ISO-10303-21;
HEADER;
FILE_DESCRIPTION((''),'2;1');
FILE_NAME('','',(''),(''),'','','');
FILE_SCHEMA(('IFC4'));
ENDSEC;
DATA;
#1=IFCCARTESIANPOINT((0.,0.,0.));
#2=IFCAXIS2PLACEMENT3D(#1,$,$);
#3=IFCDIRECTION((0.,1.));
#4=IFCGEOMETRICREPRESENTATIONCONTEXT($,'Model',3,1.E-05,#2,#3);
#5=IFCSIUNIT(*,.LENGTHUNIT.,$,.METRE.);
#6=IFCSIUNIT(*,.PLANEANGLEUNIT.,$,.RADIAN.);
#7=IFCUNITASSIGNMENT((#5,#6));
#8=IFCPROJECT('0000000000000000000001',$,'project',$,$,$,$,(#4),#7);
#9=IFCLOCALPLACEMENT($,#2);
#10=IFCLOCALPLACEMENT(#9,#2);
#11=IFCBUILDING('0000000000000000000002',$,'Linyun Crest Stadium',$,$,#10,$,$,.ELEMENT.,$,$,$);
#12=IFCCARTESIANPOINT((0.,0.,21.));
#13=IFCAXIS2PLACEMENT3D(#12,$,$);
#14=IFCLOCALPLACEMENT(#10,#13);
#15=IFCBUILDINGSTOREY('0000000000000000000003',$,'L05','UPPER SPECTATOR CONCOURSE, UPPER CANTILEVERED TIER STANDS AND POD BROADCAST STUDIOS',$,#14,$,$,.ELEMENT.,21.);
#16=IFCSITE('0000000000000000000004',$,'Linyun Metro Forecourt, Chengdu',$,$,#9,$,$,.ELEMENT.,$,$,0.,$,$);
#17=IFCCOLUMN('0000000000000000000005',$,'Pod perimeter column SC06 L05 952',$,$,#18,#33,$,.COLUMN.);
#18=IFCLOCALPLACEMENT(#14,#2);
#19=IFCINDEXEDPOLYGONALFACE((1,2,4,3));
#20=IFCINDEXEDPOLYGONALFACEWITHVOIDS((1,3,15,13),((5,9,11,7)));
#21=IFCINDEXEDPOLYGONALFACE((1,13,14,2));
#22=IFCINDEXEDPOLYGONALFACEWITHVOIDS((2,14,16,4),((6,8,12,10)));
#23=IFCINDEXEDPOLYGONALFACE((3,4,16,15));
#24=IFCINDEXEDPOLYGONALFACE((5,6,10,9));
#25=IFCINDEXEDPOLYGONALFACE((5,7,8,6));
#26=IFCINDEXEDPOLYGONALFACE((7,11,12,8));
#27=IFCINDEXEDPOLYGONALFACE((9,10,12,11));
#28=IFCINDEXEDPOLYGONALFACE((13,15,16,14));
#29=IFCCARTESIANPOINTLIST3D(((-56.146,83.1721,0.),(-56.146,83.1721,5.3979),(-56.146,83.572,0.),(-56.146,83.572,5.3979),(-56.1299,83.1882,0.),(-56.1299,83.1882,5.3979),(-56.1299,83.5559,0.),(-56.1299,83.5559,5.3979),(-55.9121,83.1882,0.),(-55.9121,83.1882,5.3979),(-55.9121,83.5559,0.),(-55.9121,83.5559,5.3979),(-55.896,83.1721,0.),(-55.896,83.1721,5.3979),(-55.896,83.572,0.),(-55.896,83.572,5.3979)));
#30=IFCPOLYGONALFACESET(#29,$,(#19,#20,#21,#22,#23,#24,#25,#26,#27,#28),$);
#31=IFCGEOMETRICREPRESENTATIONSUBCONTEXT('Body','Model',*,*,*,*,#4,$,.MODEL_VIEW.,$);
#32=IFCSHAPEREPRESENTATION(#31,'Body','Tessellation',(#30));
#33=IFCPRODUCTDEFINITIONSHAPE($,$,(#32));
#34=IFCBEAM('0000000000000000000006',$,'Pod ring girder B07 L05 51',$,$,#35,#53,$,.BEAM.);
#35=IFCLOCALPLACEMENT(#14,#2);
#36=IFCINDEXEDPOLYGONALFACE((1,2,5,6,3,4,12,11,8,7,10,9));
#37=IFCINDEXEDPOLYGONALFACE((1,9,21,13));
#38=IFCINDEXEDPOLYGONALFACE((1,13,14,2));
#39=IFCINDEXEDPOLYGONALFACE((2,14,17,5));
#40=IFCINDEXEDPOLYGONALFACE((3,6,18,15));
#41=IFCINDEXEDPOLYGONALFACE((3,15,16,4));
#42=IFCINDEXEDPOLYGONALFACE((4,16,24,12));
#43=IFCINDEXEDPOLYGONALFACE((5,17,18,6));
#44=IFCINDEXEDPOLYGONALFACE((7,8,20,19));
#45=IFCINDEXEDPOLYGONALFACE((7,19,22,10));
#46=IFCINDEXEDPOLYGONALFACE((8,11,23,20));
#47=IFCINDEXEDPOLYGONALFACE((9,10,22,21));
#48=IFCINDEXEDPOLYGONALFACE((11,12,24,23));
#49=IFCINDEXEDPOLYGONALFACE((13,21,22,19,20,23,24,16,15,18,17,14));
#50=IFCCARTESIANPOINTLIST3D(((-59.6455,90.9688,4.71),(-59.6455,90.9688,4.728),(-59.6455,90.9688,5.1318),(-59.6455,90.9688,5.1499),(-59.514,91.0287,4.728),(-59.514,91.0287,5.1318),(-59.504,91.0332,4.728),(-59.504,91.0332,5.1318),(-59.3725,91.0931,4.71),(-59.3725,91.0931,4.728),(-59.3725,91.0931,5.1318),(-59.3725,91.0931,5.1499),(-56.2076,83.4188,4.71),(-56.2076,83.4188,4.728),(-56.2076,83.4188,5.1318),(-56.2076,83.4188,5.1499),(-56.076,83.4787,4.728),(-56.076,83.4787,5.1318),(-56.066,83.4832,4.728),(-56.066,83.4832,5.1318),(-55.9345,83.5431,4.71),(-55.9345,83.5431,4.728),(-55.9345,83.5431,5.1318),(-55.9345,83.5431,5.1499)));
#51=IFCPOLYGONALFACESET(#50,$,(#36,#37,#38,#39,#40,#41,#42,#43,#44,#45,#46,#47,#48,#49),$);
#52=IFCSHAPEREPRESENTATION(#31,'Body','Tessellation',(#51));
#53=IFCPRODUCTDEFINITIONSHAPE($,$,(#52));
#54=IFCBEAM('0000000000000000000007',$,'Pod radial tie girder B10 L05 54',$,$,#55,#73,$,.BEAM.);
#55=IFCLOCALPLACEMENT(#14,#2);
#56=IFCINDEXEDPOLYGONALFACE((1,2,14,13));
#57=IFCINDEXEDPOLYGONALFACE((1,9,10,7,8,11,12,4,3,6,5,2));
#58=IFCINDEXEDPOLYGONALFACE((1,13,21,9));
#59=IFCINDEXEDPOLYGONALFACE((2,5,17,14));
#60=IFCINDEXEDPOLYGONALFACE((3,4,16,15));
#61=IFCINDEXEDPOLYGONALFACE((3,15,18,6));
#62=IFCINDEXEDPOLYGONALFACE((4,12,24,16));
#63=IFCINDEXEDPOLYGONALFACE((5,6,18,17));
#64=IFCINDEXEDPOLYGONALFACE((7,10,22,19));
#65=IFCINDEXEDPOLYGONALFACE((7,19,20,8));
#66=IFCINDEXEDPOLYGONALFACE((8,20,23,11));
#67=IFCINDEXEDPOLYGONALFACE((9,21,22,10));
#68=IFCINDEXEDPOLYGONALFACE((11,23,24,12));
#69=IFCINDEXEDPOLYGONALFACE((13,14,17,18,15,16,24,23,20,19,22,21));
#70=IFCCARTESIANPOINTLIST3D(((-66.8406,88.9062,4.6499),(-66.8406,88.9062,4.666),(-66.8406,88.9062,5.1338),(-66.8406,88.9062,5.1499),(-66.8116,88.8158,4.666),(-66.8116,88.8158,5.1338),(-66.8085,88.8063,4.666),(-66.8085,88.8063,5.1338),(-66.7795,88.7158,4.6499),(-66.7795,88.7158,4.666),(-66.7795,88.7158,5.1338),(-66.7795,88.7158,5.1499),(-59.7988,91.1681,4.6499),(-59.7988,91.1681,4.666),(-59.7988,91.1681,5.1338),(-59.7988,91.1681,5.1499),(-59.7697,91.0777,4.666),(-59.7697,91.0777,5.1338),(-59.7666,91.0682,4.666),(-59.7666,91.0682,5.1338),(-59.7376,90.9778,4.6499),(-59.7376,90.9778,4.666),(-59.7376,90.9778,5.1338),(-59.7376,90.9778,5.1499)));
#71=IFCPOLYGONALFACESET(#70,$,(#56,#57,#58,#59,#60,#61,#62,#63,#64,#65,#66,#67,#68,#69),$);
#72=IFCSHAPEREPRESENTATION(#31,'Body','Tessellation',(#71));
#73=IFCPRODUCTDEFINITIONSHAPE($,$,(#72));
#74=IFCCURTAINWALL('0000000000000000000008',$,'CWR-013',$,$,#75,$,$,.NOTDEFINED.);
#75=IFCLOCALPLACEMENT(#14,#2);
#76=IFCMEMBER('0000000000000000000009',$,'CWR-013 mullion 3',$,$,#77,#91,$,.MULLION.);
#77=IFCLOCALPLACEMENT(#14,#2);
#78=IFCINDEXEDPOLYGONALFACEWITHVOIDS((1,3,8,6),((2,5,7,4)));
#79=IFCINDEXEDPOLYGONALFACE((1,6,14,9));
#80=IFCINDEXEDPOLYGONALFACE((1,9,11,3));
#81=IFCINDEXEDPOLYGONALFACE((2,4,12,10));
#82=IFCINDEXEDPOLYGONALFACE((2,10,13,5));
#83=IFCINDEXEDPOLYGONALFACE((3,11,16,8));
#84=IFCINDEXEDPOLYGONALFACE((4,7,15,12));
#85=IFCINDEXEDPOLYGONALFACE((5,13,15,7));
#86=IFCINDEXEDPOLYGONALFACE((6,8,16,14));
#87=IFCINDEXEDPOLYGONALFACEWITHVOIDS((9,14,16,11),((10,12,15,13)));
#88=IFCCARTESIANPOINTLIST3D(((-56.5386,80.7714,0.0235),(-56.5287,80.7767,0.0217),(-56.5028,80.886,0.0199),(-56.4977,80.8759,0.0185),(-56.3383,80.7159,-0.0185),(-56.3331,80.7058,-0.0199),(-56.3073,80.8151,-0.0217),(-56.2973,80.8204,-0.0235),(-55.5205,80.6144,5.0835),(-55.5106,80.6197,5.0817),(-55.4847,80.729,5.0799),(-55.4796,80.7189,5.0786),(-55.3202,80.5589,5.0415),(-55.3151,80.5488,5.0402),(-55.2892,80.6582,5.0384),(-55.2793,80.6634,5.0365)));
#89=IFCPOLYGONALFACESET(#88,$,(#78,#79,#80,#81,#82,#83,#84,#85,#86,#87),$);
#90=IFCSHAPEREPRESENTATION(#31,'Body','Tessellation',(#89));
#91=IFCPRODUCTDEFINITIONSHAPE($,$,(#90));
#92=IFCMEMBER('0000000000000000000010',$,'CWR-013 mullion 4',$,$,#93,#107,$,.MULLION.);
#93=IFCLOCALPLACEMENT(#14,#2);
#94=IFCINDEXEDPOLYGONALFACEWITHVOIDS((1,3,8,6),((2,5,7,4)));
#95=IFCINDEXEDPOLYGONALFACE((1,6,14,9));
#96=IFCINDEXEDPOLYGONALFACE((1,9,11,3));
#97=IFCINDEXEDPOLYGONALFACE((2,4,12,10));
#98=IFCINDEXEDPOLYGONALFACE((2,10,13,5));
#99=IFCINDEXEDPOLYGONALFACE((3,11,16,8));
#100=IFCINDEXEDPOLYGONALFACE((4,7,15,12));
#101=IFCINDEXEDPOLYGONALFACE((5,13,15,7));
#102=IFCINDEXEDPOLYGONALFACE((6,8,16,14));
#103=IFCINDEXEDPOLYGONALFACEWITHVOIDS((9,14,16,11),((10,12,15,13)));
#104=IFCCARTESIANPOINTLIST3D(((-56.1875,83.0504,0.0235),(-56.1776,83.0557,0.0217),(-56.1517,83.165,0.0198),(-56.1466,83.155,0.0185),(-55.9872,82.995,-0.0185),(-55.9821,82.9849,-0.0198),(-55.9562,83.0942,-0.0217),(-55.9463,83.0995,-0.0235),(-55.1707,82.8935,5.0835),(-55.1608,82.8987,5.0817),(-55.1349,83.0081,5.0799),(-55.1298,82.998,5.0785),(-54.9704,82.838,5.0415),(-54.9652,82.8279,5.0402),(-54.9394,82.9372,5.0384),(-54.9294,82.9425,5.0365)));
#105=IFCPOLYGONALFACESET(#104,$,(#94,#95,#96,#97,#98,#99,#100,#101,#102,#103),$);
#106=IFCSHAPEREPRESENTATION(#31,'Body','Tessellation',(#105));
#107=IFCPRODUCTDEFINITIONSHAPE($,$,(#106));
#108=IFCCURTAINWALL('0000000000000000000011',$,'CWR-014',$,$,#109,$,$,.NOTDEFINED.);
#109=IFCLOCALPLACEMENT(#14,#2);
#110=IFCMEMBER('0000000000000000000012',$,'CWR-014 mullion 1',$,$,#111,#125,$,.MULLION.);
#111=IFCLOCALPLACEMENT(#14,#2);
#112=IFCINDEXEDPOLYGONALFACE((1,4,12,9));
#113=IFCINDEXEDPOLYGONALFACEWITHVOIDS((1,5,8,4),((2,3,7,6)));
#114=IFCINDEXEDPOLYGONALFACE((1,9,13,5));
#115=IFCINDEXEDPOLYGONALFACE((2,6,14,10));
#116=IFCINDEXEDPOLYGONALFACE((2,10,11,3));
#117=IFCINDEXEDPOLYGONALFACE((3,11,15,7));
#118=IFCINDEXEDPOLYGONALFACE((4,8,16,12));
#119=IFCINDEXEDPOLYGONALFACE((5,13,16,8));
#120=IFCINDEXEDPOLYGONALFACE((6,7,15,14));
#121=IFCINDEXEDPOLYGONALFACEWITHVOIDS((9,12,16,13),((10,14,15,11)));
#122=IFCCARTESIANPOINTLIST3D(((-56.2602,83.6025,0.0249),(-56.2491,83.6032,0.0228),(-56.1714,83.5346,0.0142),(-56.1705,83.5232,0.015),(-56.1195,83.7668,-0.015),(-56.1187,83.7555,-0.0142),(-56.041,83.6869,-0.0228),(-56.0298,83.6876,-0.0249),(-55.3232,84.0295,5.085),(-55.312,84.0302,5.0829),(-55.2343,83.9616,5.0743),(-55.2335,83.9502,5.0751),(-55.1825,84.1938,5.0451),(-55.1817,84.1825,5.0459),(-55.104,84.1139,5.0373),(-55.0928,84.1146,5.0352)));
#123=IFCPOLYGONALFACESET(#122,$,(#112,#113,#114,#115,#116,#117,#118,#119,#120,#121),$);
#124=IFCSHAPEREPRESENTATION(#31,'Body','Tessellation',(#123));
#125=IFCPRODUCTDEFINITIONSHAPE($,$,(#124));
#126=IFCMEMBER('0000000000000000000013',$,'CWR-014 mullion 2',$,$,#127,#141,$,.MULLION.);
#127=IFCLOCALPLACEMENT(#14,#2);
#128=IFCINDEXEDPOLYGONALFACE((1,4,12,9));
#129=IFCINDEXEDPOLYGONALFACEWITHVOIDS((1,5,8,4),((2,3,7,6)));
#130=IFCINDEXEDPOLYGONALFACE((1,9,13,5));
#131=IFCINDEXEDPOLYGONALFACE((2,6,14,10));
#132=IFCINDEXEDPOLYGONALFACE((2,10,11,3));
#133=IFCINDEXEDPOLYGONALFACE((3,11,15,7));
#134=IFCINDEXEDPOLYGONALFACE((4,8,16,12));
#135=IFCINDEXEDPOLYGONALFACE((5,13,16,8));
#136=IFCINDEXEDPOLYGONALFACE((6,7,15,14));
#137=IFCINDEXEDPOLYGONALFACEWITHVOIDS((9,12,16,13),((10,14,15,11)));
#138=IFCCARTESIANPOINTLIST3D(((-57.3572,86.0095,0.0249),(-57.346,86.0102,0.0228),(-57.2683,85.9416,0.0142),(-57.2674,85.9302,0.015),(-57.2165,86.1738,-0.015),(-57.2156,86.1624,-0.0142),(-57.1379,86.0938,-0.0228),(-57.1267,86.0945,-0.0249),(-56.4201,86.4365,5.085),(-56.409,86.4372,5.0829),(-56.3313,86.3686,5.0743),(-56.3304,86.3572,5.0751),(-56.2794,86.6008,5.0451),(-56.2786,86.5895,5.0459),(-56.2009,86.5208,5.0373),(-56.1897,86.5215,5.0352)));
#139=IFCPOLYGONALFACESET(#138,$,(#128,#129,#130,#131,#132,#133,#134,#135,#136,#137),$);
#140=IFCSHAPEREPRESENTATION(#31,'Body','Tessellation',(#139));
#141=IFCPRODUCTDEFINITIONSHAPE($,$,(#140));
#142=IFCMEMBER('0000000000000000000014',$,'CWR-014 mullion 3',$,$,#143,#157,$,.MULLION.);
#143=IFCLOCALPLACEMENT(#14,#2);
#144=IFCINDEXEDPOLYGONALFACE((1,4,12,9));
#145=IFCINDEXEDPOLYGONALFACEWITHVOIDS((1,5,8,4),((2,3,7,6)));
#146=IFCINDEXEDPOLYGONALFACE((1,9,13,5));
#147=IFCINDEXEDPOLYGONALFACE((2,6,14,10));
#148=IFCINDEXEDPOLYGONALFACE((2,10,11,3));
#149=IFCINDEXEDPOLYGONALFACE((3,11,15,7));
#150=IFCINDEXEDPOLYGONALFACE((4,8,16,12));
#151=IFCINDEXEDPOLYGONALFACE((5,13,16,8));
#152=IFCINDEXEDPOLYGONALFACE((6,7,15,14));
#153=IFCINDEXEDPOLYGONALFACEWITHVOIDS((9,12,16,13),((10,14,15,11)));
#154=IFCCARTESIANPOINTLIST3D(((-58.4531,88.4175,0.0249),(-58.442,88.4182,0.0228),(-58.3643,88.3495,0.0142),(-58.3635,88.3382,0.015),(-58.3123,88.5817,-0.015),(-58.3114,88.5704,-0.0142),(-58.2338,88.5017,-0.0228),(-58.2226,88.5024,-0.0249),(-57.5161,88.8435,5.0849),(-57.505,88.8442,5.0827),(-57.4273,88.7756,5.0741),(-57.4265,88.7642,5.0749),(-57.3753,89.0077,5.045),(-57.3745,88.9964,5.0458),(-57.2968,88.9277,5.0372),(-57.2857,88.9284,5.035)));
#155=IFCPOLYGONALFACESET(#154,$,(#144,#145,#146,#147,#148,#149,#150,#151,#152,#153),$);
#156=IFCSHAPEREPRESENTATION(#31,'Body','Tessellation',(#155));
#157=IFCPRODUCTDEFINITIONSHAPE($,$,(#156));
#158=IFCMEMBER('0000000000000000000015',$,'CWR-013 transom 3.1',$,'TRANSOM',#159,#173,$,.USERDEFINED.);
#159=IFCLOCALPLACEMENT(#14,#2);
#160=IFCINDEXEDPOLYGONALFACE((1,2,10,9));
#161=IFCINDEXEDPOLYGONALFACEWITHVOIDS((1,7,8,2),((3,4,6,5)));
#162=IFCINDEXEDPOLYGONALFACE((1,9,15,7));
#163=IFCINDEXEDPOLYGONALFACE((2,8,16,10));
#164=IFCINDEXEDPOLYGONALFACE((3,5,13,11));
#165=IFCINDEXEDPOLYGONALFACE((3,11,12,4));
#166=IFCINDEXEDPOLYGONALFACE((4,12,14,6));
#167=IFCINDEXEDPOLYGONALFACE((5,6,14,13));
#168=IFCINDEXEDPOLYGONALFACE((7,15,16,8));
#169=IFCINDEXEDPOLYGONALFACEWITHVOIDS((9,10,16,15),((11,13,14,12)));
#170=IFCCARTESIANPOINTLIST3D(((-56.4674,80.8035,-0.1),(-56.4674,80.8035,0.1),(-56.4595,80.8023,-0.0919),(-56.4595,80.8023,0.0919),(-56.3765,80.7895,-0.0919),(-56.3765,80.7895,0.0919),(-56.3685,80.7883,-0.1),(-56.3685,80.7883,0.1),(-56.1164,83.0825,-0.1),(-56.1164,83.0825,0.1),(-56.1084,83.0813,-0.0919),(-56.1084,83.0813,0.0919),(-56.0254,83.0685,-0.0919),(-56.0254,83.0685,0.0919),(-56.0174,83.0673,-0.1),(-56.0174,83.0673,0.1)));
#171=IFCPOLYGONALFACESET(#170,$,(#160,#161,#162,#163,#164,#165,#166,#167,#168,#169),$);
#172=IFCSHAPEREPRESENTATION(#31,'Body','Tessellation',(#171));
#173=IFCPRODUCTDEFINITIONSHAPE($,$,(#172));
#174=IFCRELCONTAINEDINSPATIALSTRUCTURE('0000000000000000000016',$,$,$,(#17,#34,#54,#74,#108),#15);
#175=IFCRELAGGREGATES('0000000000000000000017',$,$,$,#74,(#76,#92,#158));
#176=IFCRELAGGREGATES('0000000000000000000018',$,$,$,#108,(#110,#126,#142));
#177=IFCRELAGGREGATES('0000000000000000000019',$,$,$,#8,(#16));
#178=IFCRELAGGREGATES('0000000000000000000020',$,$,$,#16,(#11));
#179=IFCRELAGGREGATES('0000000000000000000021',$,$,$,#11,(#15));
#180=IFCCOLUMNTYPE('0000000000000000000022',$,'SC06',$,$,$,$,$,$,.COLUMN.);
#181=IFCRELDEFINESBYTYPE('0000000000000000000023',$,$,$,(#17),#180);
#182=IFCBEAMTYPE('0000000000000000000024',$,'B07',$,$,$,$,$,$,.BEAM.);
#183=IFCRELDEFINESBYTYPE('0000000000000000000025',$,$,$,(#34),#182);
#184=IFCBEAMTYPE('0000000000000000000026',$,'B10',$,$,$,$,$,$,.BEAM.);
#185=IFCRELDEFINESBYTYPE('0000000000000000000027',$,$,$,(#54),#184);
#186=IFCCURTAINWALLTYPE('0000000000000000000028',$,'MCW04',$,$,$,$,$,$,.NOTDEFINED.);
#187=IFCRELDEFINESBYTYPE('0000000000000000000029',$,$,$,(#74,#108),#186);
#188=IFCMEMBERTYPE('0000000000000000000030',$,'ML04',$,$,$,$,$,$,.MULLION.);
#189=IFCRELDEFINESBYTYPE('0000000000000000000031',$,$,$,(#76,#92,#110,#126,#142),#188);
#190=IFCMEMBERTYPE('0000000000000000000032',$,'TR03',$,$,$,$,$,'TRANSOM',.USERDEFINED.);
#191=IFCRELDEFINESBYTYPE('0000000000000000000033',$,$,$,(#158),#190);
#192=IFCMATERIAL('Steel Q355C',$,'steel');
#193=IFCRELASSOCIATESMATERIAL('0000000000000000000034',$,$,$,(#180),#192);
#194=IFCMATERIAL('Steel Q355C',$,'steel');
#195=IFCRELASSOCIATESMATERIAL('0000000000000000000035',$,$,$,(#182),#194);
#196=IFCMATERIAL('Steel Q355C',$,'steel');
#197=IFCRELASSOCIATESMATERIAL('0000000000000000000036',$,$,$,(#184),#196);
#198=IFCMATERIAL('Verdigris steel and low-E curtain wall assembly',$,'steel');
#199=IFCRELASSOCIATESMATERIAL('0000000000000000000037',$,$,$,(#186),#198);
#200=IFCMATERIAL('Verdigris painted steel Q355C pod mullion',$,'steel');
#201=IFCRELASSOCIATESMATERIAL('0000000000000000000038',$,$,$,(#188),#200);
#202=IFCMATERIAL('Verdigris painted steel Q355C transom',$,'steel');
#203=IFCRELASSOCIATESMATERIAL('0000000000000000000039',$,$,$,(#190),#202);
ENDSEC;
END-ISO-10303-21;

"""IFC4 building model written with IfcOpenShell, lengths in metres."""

from ifc_helpers import new_model, si_unit, direction, frame, origin, origin_2d, place, context, subcontext, project, spatial, hollow_rectangle, i_section, extrude, material, material_profile, profile_set, type_object, element, aggregate, save


model = new_model("IFC4")

# Units and contexts
model_context = context("Model", 3, precision=1e-05, world=origin(), true_north=direction((0.0, 1.0)))
body_context = subcontext(model_context, "Body", "Model", "MODEL_VIEW")
ifc_project = project(units=[si_unit("LENGTHUNIT", "METRE"), si_unit("PLANEANGLEUNIT", "RADIAN")], contexts=[model_context])

# Site, building, storey
site_placement = place(None, origin())
site = spatial("IfcSite", under=ifc_project, at=site_placement, Name="Linyun Metro Forecourt, Chengdu", CompositionType="ELEMENT", RefElevation=0.0)
building_placement = place(site_placement, origin())
building = spatial("IfcBuilding", under=site, at=building_placement, Name="Linyun Crest Stadium", CompositionType="ELEMENT")
storey_placement = place(building_placement, frame((0.0, 0.0, 21.0)))
storey = spatial("IfcBuildingStorey", under=building, at=storey_placement, Name="L05", Description="UPPER SPECTATOR CONCOURSE, UPPER CANTILEVERED TIER STANDS AND POD BROADCAST STUDIOS", CompositionType="ELEMENT", Elevation=21.0)

# Column
ifc_material_1 = material(Name="Steel Q355C", Category="steel")
ifc_material_profile_1 = material_profile(ifc_material_1, hollow_rectangle(XDim=0.25, YDim=0.3999, WallThickness=0.0161, at=origin_2d()), Name="RHS 400x250x16")
ifc_profile_set_1 = profile_set([ifc_material_profile_1], Name="Steel Q355C")
column_type = type_object("IfcColumnType", Name="SC06", PredefinedType="COLUMN", material=ifc_profile_set_1)
column_placement = place(storey_placement, frame((-56.021, 83.3721, 0.0), z_axis=(0.0, 0.0, 1.0), x_axis=(1.0, 0.0, 0.0)))
element("IfcColumn", 1, at=column_placement, inside=storey, type_object=column_type, Name="Pod perimeter column SC06 L05 952", PredefinedType="COLUMN", context=body_context, shape_type="SweptSolid", body=[
    extrude(hollow_rectangle(XDim=0.25, YDim=0.3999, WallThickness=0.0161, at=origin_2d()), origin(), (0.0, 0.0, 1.0), 5.3979),
])

# Beams
ifc_material_2 = material(Name="Steel Q355C", Category="steel")
ifc_material_profile_2 = material_profile(ifc_material_2, i_section(OverallWidth=0.3, OverallDepth=0.4399, WebThickness=0.011, FlangeThickness=0.0181, at=origin_2d()), Name="HM 440x300")
ifc_profile_set_2 = profile_set([ifc_material_profile_2], Name="Steel Q355C")
beam_type_1 = type_object("IfcBeamType", Name="B07", PredefinedType="BEAM", material=ifc_profile_set_2)
beam_1_placement = place(storey_placement, frame((-56.071, 83.481, 4.9299), z_axis=(-0.414417, 0.910087, 0.0), x_axis=(-0.910087, -0.414417, 0.0)))
element("IfcBeam", 2, at=beam_1_placement, inside=storey, type_object=beam_type_1, Name="Pod ring girder B07 L05 51", PredefinedType="BEAM", context=body_context, shape_type="SweptSolid", body=[
    extrude(i_section(OverallWidth=0.3, OverallDepth=0.4399, WebThickness=0.011, FlangeThickness=0.0181, at=origin_2d()), origin(), (0.0, 0.0, 1.0), 8.2959),
])
ifc_material_3 = material(Name="Steel Q355C", Category="steel")
ifc_material_profile_3 = material_profile(ifc_material_3, i_section(OverallWidth=0.2, OverallDepth=0.5, WebThickness=0.01, FlangeThickness=0.0161, at=origin_2d()), Name="HN 500x200")
ifc_profile_set_3 = profile_set([ifc_material_profile_3], Name="Steel Q355C")
beam_type_2 = type_object("IfcBeamType", Name="B10", PredefinedType="BEAM", material=ifc_profile_set_3)
beam_2_placement = place(storey_placement, frame((-66.8101, 88.811, 4.8999), z_axis=(0.952089, 0.305821, 0.0), x_axis=(-0.305821, 0.952089, 0.0)))
element("IfcBeam", 3, at=beam_2_placement, inside=storey, type_object=beam_type_2, Name="Pod radial tie girder B10 L05 54", PredefinedType="BEAM", context=body_context, shape_type="SweptSolid", body=[
    extrude(i_section(OverallWidth=0.2, OverallDepth=0.5, WebThickness=0.01, FlangeThickness=0.0161, at=origin_2d()), origin(), (0.0, 0.0, 1.0), 7.3962),
])

# Curtain walls, members
ifc_material_4 = material(Name="Verdigris steel and low-E curtain wall assembly", Category="steel")
curtain_wall_type = type_object("IfcCurtainWallType", Name="MCW04", PredefinedType="NOTDEFINED", material=ifc_material_4)
curtain_wall_1_placement = place(storey_placement, origin())
curtain_wall_1 = element("IfcCurtainWall", 4, at=curtain_wall_1_placement, inside=storey, type_object=curtain_wall_type, Name="CWR-013", PredefinedType="NOTDEFINED")
ifc_material_5 = material(Name="Verdigris painted steel Q355C pod mullion", Category="steel")
ifc_material_profile_4 = material_profile(ifc_material_5, hollow_rectangle(XDim=0.1201, YDim=0.22, WallThickness=0.0081, at=origin_2d()), Name="RHS 220x120x8")
ifc_profile_set_4 = profile_set([ifc_material_profile_4], Name="Verdigris painted steel Q355C pod mullion")
member_type_1 = type_object("IfcMemberType", Name="ML04", PredefinedType="MULLION", material=ifc_profile_set_4)
member_1_placement = place(storey_placement, frame((-56.418, 80.7959, 0.0), z_axis=(0.197153, -0.0304, 0.979901), x_axis=(-0.297947, -0.9541, 0.030346)))
member_1 = element("IfcMember", 5, at=member_1_placement, type_object=member_type_1, Name="CWR-013 mullion 3", PredefinedType="MULLION", context=body_context, shape_type="SweptSolid", body=[
    extrude(hollow_rectangle(XDim=0.1201, YDim=0.22, WallThickness=0.0081, at=origin_2d()), origin(), (0.0, 0.0, 1.0), 5.1638),
])
member_2_placement = place(storey_placement, frame((-56.0669, 83.075, 0.0), z_axis=(0.196926, -0.030402, 0.979947), x_axis=(-0.298126, -0.954045, 0.030312)))
member_2 = element("IfcMember", 6, at=member_2_placement, type_object=member_type_1, Name="CWR-013 mullion 4", PredefinedType="MULLION", context=body_context, shape_type="SweptSolid", body=[
    extrude(hollow_rectangle(XDim=0.1201, YDim=0.22, WallThickness=0.0081, at=origin_2d()), origin(), (0.0, 0.0, 1.0), 5.1636),
])
curtain_wall_2_placement = place(storey_placement, origin())
curtain_wall_2 = element("IfcCurtainWall", 7, at=curtain_wall_2_placement, inside=storey, type_object=curtain_wall_type, Name="CWR-014", PredefinedType="NOTDEFINED")
member_3_placement = place(storey_placement, frame((-56.145, 83.645, 0.0), z_axis=(0.181459, 0.082692, 0.979916), x_axis=(0.747008, -0.659656, -0.082663)))
member_3 = element("IfcMember", 8, at=member_3_placement, type_object=member_type_1, Name="CWR-014 mullion 1", PredefinedType="MULLION", context=body_context, shape_type="SweptSolid", body=[
    extrude(hollow_rectangle(XDim=0.1201, YDim=0.22, WallThickness=0.0081, at=origin_2d()), origin(), (0.0, 0.0, 1.0), 5.1638),
])
member_4_placement = place(storey_placement, frame((-57.2419, 86.052, 0.0), z_axis=(0.181459, 0.082692, 0.979916), x_axis=(0.747008, -0.659656, -0.082663)))
member_4 = element("IfcMember", 9, at=member_4_placement, type_object=member_type_1, Name="CWR-014 mullion 2", PredefinedType="MULLION", context=body_context, shape_type="SweptSolid", body=[
    extrude(hollow_rectangle(XDim=0.1201, YDim=0.22, WallThickness=0.0081, at=origin_2d()), origin(), (0.0, 0.0, 1.0), 5.1638),
])
member_5_placement = place(storey_placement, frame((-58.3379, 88.46, 0.0), z_axis=(0.181462, 0.082504, 0.979931), x_axis=(0.746444, -0.660298, -0.082632)))
member_5 = element("IfcMember", 10, at=member_5_placement, type_object=member_type_1, Name="CWR-014 mullion 3", PredefinedType="MULLION", context=body_context, shape_type="SweptSolid", body=[
    extrude(hollow_rectangle(XDim=0.1201, YDim=0.22, WallThickness=0.0081, at=origin_2d()), origin(), (0.0, 0.0, 1.0), 5.1636),
])

# Member
ifc_material_6 = material(Name="Verdigris painted steel Q355C transom", Category="steel")
ifc_material_profile_5 = material_profile(ifc_material_6, hollow_rectangle(XDim=0.1001, YDim=0.2, WallThickness=0.0081, at=origin_2d()), Name="RHS 200x100x8")
ifc_profile_set_5 = profile_set([ifc_material_profile_5], Name="Verdigris painted steel Q355C transom")
member_type_2 = type_object("IfcMemberType", Name="TR03", ElementType="TRANSOM", PredefinedType="USERDEFINED", material=ifc_profile_set_5)
member_6_placement = place(storey_placement, frame((-56.418, 80.7959, 0.0), z_axis=(0.152248, 0.988342, 0.0), x_axis=(-0.988342, 0.152248, 0.0)))
member_6 = element("IfcMember", 11, at=member_6_placement, type_object=member_type_2, Name="CWR-013 transom 3.1", ObjectType="TRANSOM", PredefinedType="USERDEFINED", context=body_context, shape_type="SweptSolid", body=[
    extrude(hollow_rectangle(XDim=0.1001, YDim=0.2, WallThickness=0.0081, at=origin_2d()), origin(), (0.0, 0.0, 1.0), 2.3059),
])

aggregate(curtain_wall_1, [member_1, member_2, member_6])
aggregate(curtain_wall_2, [member_3, member_4, member_5])

save(model, "model.ifc")
